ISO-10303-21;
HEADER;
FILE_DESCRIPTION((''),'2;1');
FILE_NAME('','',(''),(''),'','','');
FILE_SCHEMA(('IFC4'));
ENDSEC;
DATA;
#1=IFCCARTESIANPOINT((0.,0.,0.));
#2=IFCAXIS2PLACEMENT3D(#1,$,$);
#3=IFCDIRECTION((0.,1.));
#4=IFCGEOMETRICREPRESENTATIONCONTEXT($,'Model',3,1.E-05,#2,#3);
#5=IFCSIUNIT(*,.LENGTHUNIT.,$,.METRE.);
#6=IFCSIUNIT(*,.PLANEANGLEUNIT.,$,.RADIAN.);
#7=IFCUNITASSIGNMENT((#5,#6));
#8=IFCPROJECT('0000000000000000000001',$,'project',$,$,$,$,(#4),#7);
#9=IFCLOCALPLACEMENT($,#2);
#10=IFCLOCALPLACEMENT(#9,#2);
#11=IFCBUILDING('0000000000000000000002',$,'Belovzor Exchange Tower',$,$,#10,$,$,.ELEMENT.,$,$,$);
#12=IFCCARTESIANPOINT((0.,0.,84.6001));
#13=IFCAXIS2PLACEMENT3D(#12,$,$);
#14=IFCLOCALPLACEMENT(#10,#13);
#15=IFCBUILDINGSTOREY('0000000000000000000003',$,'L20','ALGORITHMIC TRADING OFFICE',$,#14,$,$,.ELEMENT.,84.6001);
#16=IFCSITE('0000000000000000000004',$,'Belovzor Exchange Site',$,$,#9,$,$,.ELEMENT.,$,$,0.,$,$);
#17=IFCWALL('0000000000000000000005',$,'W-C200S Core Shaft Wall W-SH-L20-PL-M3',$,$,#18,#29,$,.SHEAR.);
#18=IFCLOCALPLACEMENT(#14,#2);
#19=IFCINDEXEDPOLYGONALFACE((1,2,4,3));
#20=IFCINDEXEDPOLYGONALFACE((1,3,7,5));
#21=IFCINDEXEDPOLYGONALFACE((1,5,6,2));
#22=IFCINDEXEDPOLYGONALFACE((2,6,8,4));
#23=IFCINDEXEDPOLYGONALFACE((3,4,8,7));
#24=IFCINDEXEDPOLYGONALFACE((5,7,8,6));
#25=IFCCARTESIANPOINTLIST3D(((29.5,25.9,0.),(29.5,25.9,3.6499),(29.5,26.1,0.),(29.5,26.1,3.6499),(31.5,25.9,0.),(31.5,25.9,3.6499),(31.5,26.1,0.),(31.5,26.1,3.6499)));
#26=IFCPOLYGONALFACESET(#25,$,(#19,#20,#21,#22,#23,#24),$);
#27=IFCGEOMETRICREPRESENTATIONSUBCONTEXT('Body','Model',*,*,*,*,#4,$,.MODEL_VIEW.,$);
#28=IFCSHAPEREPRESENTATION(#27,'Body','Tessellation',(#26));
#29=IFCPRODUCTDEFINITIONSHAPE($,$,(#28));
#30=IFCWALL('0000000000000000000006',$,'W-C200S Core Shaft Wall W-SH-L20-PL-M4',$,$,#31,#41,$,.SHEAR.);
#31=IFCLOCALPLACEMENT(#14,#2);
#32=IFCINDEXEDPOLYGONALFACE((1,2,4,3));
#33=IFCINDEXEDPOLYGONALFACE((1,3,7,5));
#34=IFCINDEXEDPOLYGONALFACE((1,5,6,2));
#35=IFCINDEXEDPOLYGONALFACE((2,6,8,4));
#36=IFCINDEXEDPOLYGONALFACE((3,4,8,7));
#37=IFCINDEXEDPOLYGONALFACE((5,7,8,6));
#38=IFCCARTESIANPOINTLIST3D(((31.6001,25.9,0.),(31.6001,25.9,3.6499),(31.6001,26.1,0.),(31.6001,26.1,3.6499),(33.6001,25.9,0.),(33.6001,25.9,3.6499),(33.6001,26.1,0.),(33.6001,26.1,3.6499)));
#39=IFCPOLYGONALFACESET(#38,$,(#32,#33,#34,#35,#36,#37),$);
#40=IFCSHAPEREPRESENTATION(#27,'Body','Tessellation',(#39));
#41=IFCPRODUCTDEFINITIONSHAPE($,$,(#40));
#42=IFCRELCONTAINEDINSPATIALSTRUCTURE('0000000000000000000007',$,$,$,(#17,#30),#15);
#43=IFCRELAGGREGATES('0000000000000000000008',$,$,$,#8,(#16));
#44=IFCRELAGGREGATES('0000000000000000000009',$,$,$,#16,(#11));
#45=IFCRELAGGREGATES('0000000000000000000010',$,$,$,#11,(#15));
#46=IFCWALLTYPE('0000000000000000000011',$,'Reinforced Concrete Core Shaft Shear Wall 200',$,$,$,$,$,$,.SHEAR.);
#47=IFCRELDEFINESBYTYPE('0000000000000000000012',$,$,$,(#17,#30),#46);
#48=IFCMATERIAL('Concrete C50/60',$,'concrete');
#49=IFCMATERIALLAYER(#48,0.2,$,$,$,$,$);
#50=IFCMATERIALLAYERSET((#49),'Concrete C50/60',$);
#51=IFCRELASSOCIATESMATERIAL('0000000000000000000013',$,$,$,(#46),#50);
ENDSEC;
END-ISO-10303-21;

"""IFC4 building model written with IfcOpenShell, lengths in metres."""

from ifc_helpers import new_model, si_unit, direction, frame, frame_2d, origin, place, context, subcontext, project, spatial, rectangle, extrude, material, layer, layer_set, type_object, element, save


model = new_model("IFC4")

# Units and contexts
model_context = context("Model", 3, precision=1e-05, world=origin(), true_north=direction((0.0, 1.0)))
body_context = subcontext(model_context, "Body", "Model", "MODEL_VIEW")
ifc_project = project(units=[si_unit("LENGTHUNIT", "METRE"), si_unit("PLANEANGLEUNIT", "RADIAN")], contexts=[model_context])

# Site, building, storey
site_placement = place(None, origin())
site = spatial("IfcSite", under=ifc_project, at=site_placement, Name="Belovzor Exchange Site", CompositionType="ELEMENT", RefElevation=0.0)
building_placement = place(site_placement, origin())
building = spatial("IfcBuilding", under=site, at=building_placement, Name="Belovzor Exchange Tower", CompositionType="ELEMENT")
storey_placement = place(building_placement, frame((0.0, 0.0, 84.6001)))
storey = spatial("IfcBuildingStorey", under=building, at=storey_placement, Name="L20", Description="ALGORITHMIC TRADING OFFICE", CompositionType="ELEMENT", Elevation=84.6001)

# Shared definitions
ifc_material_1 = material(Name="Concrete C50/60", Category="concrete")
ifc_layer_1 = layer(ifc_material_1, 0.2)
ifc_layer_set_1 = layer_set([ifc_layer_1], Name="Concrete C50/60")
wall_type_1 = type_object("IfcWallType", Name="Reinforced Concrete Core Shaft Shear Wall 200", PredefinedType="SHEAR", material=ifc_layer_set_1)

# Walls
for number, where, z_axis, x_axis, name in (
    (1, (29.5, 26.0, 0.0), (0.0, 0.0, 1.0), (1.0, 0.0, 0.0), "W-C200S Core Shaft Wall W-SH-L20-PL-M3"),
    (2, (31.6001, 26.0, 0.0), (0.0, 0.0, 1.0), (1.0, 0.0, 0.0), "W-C200S Core Shaft Wall W-SH-L20-PL-M4"),
):
    element("IfcWall", number, at=place(storey_placement, frame(where, z_axis=z_axis, x_axis=x_axis)), inside=storey, type_object=wall_type_1, Name=name, PredefinedType="SHEAR", context=body_context, shape_type="SweptSolid", body=[
        extrude(rectangle(XDim=2.0, YDim=0.2, at=frame_2d((1.0, 0.0))), origin(), (0.0, 0.0, 1.0), 3.6499),
    ])

save(model, "model.ifc")
